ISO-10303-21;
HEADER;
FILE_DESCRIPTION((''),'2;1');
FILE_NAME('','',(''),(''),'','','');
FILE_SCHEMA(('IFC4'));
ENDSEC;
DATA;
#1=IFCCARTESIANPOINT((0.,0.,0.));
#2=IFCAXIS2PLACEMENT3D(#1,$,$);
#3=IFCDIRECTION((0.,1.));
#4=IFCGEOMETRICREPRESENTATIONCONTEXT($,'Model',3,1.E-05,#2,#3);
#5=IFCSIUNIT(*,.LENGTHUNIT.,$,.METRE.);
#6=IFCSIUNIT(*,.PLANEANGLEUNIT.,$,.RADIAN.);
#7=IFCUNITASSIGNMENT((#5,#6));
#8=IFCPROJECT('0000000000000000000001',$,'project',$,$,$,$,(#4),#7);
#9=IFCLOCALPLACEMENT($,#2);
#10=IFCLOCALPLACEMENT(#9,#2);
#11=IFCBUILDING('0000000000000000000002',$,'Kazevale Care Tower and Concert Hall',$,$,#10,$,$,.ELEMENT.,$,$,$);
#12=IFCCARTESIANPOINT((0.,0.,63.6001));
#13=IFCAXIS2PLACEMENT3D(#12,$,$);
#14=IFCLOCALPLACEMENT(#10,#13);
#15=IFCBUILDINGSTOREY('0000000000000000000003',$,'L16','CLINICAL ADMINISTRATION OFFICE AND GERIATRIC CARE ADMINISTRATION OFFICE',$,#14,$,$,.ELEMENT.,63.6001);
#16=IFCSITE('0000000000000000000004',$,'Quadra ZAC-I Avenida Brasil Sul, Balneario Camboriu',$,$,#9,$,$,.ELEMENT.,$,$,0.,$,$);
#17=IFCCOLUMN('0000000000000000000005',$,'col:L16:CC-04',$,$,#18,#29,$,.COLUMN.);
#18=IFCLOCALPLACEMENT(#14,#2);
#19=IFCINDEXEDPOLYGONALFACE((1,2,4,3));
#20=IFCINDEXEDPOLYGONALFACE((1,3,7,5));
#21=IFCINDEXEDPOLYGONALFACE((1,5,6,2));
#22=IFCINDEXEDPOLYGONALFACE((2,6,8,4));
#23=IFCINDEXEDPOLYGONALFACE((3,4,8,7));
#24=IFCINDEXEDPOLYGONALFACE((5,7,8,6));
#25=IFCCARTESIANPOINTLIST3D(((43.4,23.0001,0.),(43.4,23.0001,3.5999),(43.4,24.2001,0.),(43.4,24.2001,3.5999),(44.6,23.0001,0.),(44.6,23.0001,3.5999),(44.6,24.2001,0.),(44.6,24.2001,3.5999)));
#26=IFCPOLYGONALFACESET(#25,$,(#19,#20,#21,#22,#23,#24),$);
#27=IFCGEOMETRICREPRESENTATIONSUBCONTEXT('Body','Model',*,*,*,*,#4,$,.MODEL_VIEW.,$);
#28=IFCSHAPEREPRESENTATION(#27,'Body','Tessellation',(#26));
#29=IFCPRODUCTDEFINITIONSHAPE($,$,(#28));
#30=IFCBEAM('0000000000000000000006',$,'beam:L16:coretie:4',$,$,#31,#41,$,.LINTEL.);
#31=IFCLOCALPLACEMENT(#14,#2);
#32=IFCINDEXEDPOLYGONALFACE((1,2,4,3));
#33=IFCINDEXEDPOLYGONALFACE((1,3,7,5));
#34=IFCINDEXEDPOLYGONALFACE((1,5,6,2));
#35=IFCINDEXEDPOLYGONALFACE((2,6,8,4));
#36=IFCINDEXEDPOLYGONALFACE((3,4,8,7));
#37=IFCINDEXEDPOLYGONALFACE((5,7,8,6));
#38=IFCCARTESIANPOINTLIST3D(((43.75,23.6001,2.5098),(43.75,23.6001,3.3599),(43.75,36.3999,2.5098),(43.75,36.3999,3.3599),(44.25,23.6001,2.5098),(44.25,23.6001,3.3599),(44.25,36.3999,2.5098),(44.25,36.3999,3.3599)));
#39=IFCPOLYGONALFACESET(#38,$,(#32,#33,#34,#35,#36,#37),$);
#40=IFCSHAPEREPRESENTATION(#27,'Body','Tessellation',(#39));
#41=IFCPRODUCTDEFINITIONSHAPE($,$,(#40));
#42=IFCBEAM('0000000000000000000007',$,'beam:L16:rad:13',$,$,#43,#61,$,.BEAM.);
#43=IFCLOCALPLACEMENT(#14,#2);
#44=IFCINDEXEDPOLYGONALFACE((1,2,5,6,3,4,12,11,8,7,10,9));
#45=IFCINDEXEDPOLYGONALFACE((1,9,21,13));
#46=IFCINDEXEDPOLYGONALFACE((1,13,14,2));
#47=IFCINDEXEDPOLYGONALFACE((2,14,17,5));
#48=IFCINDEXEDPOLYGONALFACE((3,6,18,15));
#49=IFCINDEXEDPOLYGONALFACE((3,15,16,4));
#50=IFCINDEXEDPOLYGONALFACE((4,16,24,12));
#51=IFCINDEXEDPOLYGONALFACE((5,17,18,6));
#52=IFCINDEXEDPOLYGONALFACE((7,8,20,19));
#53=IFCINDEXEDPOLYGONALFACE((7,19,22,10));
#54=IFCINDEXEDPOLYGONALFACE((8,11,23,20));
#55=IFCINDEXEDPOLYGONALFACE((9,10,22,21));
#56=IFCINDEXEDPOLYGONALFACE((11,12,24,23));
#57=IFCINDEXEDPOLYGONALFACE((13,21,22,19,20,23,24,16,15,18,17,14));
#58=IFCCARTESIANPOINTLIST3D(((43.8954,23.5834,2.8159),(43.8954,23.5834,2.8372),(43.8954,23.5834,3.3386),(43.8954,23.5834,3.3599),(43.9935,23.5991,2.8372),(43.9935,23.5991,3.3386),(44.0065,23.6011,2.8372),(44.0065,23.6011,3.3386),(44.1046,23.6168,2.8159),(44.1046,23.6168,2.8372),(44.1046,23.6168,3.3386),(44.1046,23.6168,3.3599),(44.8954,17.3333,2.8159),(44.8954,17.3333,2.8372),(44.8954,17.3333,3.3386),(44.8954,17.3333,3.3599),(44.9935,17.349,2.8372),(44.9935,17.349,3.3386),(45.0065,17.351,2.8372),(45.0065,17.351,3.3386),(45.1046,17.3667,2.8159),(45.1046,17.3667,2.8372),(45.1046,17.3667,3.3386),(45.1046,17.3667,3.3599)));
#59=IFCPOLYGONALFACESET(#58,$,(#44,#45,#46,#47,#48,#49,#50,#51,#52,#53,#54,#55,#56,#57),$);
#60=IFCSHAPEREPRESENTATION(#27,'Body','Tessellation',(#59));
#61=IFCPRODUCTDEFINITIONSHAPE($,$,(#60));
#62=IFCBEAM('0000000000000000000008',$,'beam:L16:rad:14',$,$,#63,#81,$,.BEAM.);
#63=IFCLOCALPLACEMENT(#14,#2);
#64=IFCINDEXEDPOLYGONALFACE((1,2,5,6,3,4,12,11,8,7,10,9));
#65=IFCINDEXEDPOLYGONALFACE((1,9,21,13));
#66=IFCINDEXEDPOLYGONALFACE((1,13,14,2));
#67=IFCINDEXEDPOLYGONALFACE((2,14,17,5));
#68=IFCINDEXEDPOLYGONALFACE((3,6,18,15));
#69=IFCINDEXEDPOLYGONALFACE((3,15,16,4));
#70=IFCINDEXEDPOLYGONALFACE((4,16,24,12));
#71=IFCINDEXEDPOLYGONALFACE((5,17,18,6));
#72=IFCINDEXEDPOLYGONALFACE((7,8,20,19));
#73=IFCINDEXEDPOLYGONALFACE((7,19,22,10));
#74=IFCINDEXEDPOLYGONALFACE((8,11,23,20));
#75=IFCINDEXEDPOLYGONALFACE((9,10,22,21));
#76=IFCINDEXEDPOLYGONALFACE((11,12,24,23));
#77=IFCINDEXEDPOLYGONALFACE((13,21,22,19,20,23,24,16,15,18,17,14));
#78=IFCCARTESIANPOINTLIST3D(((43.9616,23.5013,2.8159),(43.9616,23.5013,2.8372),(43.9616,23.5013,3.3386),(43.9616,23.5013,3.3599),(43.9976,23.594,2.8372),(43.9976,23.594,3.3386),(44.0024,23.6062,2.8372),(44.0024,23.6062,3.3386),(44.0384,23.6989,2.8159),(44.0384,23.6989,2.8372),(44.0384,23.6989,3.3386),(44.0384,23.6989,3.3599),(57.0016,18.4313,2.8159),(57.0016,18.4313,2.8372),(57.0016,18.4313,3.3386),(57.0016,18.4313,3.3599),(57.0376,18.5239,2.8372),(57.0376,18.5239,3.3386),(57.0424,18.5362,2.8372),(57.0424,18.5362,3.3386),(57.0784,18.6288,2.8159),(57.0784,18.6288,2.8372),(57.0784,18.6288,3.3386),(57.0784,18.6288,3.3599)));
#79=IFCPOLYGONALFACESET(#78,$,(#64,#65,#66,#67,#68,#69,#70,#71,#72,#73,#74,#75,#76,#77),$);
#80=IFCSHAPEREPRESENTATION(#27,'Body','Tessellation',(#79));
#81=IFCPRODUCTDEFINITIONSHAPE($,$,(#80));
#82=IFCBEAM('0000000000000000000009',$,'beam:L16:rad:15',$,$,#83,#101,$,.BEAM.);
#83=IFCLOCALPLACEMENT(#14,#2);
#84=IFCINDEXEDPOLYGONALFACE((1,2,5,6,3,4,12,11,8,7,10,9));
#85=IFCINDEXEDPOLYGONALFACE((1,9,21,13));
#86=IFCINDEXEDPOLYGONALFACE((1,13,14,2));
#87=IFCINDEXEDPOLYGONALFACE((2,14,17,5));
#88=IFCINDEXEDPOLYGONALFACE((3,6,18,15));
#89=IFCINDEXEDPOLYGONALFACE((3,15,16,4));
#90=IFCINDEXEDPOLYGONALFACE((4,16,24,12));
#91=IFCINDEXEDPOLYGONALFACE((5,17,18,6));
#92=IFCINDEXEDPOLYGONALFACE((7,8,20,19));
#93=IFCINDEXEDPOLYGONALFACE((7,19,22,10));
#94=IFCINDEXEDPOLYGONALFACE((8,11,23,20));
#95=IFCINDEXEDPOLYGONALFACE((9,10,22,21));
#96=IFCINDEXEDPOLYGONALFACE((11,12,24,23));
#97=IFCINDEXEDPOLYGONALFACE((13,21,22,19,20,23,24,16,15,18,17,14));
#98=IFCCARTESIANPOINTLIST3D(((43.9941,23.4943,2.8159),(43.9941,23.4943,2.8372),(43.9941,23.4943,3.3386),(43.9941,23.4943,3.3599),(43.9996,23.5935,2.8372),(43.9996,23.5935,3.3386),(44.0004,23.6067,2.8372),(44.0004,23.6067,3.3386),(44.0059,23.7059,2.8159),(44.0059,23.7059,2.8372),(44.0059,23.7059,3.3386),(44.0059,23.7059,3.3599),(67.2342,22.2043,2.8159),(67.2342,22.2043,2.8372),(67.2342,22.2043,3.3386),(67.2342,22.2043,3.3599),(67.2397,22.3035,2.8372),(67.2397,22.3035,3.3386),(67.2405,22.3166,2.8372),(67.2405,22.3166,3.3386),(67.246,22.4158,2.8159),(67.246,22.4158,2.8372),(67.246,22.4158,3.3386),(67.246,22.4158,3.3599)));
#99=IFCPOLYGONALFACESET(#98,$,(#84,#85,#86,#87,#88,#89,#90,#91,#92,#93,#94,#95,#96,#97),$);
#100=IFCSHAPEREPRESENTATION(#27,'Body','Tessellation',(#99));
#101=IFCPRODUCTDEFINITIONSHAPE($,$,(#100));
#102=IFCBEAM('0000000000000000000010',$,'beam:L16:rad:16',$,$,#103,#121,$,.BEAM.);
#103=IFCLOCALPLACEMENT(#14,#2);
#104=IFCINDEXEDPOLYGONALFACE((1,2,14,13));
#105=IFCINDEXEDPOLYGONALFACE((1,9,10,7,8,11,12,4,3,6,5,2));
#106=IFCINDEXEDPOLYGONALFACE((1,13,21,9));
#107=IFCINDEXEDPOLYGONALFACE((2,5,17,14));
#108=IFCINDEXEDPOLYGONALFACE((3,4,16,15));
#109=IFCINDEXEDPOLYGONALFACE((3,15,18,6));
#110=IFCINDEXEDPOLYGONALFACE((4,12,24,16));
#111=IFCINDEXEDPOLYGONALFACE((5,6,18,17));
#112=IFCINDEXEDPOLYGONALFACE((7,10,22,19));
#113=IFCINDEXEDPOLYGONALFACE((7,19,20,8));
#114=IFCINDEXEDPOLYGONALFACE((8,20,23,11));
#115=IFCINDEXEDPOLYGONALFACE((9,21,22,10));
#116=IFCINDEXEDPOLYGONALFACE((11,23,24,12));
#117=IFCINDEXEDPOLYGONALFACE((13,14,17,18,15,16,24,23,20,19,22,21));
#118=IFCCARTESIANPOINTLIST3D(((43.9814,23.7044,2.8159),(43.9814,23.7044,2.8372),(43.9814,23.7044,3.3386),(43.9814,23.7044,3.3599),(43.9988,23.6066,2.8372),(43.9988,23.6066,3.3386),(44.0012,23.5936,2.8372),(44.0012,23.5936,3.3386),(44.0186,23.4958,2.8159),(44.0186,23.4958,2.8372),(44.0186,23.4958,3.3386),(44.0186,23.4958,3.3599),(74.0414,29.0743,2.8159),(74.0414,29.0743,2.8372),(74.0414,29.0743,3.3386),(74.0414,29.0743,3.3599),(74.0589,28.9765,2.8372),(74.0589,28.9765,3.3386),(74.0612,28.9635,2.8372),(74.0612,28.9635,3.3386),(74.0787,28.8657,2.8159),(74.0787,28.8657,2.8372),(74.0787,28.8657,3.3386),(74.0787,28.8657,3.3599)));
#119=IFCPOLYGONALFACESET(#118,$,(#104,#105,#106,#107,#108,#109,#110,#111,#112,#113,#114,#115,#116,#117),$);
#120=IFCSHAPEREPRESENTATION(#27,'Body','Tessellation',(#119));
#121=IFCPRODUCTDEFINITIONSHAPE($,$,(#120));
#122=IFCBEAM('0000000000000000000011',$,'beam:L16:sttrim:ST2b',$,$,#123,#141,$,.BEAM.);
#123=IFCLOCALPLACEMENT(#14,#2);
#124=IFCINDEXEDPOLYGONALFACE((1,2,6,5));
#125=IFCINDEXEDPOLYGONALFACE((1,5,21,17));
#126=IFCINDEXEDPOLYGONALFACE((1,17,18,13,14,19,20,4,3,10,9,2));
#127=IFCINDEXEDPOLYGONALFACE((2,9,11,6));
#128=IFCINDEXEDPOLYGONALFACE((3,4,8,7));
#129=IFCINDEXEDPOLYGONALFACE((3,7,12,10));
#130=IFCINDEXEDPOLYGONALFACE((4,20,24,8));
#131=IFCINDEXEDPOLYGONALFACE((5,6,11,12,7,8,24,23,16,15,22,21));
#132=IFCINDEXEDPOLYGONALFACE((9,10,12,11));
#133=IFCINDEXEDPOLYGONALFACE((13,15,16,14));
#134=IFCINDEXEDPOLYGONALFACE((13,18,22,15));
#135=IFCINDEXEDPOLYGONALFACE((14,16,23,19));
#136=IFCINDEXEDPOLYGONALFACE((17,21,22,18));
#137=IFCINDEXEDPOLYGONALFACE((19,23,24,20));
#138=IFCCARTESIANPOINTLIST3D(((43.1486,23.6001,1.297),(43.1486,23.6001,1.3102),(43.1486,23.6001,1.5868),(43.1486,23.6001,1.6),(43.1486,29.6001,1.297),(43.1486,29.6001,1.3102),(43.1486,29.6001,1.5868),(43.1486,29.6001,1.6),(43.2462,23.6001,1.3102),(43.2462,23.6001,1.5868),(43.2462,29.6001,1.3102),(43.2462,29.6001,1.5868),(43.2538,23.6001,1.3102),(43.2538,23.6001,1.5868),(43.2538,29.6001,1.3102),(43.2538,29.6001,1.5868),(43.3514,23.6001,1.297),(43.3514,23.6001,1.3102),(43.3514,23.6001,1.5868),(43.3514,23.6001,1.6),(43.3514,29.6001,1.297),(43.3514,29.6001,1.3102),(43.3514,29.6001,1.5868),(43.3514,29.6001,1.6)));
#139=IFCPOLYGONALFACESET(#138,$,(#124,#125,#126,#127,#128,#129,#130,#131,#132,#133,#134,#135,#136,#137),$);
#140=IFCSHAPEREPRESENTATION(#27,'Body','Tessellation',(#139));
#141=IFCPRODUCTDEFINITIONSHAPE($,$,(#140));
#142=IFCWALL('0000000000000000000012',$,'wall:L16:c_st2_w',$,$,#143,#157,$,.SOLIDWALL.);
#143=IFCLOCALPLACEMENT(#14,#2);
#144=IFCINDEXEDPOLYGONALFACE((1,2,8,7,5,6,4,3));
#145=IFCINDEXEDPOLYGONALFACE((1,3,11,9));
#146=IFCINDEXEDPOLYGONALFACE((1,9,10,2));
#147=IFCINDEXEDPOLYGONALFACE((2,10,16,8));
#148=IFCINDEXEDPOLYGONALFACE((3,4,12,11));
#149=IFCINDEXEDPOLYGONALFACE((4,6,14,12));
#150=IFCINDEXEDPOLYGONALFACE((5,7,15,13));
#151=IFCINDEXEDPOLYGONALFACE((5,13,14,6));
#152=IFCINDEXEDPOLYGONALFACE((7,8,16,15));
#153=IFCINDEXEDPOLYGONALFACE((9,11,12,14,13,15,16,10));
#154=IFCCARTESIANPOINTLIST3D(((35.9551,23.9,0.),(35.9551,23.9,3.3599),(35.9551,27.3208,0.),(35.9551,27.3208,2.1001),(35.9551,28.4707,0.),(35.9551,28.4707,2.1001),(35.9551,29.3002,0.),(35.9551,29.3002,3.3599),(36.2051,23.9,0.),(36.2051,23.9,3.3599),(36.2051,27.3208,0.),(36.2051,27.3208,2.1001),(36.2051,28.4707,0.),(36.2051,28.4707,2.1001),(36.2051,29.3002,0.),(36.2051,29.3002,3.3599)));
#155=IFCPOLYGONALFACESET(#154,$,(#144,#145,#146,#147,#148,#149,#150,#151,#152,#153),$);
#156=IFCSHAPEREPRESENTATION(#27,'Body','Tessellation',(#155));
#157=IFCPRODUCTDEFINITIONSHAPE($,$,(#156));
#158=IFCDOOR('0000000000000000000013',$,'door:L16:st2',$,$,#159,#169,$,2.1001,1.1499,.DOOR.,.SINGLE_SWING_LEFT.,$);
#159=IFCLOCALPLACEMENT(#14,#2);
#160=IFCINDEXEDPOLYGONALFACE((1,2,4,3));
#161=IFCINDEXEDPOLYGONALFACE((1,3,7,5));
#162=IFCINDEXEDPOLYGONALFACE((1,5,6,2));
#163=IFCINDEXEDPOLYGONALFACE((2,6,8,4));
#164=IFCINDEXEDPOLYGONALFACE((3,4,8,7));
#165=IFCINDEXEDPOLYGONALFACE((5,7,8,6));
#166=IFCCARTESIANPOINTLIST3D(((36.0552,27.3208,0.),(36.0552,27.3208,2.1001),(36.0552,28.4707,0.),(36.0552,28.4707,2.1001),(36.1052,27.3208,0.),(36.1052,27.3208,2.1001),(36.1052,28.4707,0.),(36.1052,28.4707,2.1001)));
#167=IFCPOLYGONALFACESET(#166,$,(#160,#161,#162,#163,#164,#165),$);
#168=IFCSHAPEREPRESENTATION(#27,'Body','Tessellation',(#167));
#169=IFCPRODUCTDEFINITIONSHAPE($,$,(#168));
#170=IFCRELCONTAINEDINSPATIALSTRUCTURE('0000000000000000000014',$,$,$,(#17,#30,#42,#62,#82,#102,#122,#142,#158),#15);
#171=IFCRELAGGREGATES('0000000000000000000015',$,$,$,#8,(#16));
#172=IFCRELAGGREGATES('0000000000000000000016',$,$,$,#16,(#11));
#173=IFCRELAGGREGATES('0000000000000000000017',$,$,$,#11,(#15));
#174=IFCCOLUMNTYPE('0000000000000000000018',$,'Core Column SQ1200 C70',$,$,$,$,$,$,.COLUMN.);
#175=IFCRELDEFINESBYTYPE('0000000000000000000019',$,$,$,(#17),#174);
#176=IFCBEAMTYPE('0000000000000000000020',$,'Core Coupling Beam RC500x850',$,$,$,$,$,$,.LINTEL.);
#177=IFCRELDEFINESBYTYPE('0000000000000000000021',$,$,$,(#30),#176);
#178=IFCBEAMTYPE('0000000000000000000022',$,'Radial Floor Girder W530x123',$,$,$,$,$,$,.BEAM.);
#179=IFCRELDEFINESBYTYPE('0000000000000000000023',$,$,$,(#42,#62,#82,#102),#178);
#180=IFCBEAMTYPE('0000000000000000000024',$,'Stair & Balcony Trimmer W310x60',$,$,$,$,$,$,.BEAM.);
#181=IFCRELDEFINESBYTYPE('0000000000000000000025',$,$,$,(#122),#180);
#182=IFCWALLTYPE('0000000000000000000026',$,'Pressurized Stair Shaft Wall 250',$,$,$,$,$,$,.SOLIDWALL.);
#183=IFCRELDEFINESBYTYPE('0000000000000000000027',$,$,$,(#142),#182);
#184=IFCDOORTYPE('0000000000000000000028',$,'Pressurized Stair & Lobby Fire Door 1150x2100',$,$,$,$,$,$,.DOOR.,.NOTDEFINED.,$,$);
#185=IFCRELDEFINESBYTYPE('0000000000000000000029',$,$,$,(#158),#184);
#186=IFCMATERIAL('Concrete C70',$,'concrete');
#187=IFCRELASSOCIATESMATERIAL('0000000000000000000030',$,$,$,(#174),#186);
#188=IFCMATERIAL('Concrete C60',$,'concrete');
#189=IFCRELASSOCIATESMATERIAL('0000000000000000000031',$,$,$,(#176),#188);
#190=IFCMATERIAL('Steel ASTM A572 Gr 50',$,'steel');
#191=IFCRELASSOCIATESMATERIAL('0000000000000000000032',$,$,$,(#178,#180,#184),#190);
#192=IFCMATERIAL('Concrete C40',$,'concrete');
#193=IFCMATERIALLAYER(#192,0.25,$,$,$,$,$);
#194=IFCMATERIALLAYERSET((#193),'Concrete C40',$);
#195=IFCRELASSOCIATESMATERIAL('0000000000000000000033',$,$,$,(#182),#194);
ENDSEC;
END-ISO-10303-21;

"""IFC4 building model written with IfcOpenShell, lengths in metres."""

from ifc_helpers import new_model, si_unit, direction, frame, frame_2d, origin, origin_2d, place, context, subcontext, project, spatial, rectangle, i_section, extrude, material, layer, layer_set, material_profile, profile_set, type_object, element, fill, save


model = new_model("IFC4")

# Units and contexts
model_context = context("Model", 3, precision=1e-05, world=origin(), true_north=direction((0.0, 1.0)))
body_context = subcontext(model_context, "Body", "Model", "MODEL_VIEW")
ifc_project = project(units=[si_unit("LENGTHUNIT", "METRE"), si_unit("PLANEANGLEUNIT", "RADIAN")], contexts=[model_context])

# Site, building, storey
site_placement = place(None, origin())
site = spatial("IfcSite", under=ifc_project, at=site_placement, Name="Quadra ZAC-I Avenida Brasil Sul, Balneario Camboriu", CompositionType="ELEMENT", RefElevation=0.0)
building_placement = place(site_placement, origin())
building = spatial("IfcBuilding", under=site, at=building_placement, Name="Kazevale Care Tower and Concert Hall", CompositionType="ELEMENT")
storey_placement = place(building_placement, frame((0.0, 0.0, 63.6001)))
storey = spatial("IfcBuildingStorey", under=building, at=storey_placement, Name="L16", Description="CLINICAL ADMINISTRATION OFFICE AND GERIATRIC CARE ADMINISTRATION OFFICE", CompositionType="ELEMENT", Elevation=63.6001)

# Column
ifc_material_1 = material(Name="Concrete C70", Category="concrete")
ifc_material_profile_1 = material_profile(ifc_material_1, rectangle(XDim=1.2, YDim=1.2, at=origin_2d()), Name="RC-SQ1200")
ifc_profile_set_1 = profile_set([ifc_material_profile_1], Name="Concrete C70")
column_type = type_object("IfcColumnType", Name="Core Column SQ1200 C70", PredefinedType="COLUMN", material=ifc_profile_set_1)
column_placement = place(storey_placement, frame((44.0, 23.6001, 0.0), z_axis=(0.0, 0.0, 1.0), x_axis=(1.0, 0.0, 0.0)))
element("IfcColumn", 1, at=column_placement, inside=storey, type_object=column_type, Name="col:L16:CC-04", PredefinedType="COLUMN", context=body_context, shape_type="SweptSolid", body=[
    extrude(rectangle(XDim=1.2, YDim=1.2, at=origin_2d()), origin(), (0.0, 0.0, 1.0), 3.5999),
])

# Beams
ifc_material_2 = material(Name="Concrete C60", Category="concrete")
ifc_material_profile_2 = material_profile(ifc_material_2, rectangle(XDim=0.5, YDim=0.8501, at=origin_2d()), Name="RC-B500x850")
ifc_profile_set_2 = profile_set([ifc_material_profile_2], Name="Concrete C60")
beam_type_1 = type_object("IfcBeamType", Name="Core Coupling Beam RC500x850", PredefinedType="LINTEL", material=ifc_profile_set_2)
beam_1_placement = place(storey_placement, frame((44.0, 23.6001, 2.9348), z_axis=(0.0, 1.0, 0.0), x_axis=(-1.0, 0.0, 0.0)))
element("IfcBeam", 2, at=beam_1_placement, inside=storey, type_object=beam_type_1, Name="beam:L16:coretie:4", PredefinedType="LINTEL", context=body_context, shape_type="SweptSolid", body=[
    extrude(rectangle(XDim=0.5, YDim=0.8501, at=origin_2d()), origin(), (0.0, 0.0, 1.0), 12.7998),
])
ifc_material_3 = material(Name="Steel ASTM A572 Gr 50", Category="steel")
ifc_material_profile_3 = material_profile(ifc_material_3, i_section(OverallWidth=0.2119, OverallDepth=0.5439, WebThickness=0.0132, FlangeThickness=0.0212, at=origin_2d()), Name="W530x123")
ifc_profile_set_3 = profile_set([ifc_material_profile_3], Name="Steel ASTM A572 Gr 50")
beam_type_2 = type_object("IfcBeamType", Name="Radial Floor Girder W530x123", PredefinedType="BEAM", material=ifc_profile_set_3)
beam_2_placement = place(storey_placement, frame((44.0, 23.6001, 3.0879), z_axis=(0.157991, -0.987441, 0.0), x_axis=(0.987441, 0.157991, 0.0)))
element("IfcBeam", 3, at=beam_2_placement, inside=storey, type_object=beam_type_2, Name="beam:L16:rad:13", PredefinedType="BEAM", context=body_context, shape_type="SweptSolid", body=[
    extrude(i_section(OverallWidth=0.2119, OverallDepth=0.5439, WebThickness=0.0132, FlangeThickness=0.0212, at=origin_2d()), origin(), (0.0, 0.0, 1.0), 6.3296),
])
beam_3_placement = place(storey_placement, frame((44.0, 23.6001, 3.0879), z_axis=(0.93203, -0.362381, 0.0), x_axis=(0.362381, 0.93203, 0.0)))
element("IfcBeam", 4, at=beam_3_placement, inside=storey, type_object=beam_type_2, Name="beam:L16:rad:14", PredefinedType="BEAM", context=body_context, shape_type="SweptSolid", body=[
    extrude(i_section(OverallWidth=0.2119, OverallDepth=0.5439, WebThickness=0.0132, FlangeThickness=0.0212, at=origin_2d()), origin(), (0.0, 0.0, 1.0), 13.991),
])
beam_4_placement = place(storey_placement, frame((44.0, 23.6001, 3.0879), z_axis=(0.998463, -0.055424, 0.0), x_axis=(0.055424, 0.998463, 0.0)))
element("IfcBeam", 5, at=beam_4_placement, inside=storey, type_object=beam_type_2, Name="beam:L16:rad:15", PredefinedType="BEAM", context=body_context, shape_type="SweptSolid", body=[
    extrude(i_section(OverallWidth=0.2119, OverallDepth=0.5439, WebThickness=0.0132, FlangeThickness=0.0212, at=origin_2d()), origin(), (0.0, 0.0, 1.0), 23.2759),
])
beam_5_placement = place(storey_placement, frame((44.0, 23.6001, 3.0879), z_axis=(0.984416, 0.175854, 0.0), x_axis=(-0.175854, 0.984416, 0.0)))
element("IfcBeam", 6, at=beam_5_placement, inside=storey, type_object=beam_type_2, Name="beam:L16:rad:16", PredefinedType="BEAM", context=body_context, shape_type="SweptSolid", body=[
    extrude(i_section(OverallWidth=0.2119, OverallDepth=0.5439, WebThickness=0.0132, FlangeThickness=0.0212, at=origin_2d()), origin(), (0.0, 0.0, 1.0), 30.5359),
])
ifc_material_profile_4 = material_profile(ifc_material_3, i_section(OverallWidth=0.2029, OverallDepth=0.303, WebThickness=0.0076, FlangeThickness=0.0132, at=origin_2d()), Name="W310x60")
ifc_profile_set_4 = profile_set([ifc_material_profile_4], Name="Steel ASTM A572 Gr 50")
beam_type_3 = type_object("IfcBeamType", Name="Stair & Balcony Trimmer W310x60", PredefinedType="BEAM", material=ifc_profile_set_4)
beam_6_placement = place(storey_placement, frame((43.25, 23.6001, 1.4485), z_axis=(0.0, 1.0, 0.0), x_axis=(-1.0, 0.0, 0.0)))
element("IfcBeam", 7, at=beam_6_placement, inside=storey, type_object=beam_type_3, Name="beam:L16:sttrim:ST2b", PredefinedType="BEAM", context=body_context, shape_type="SweptSolid", body=[
    extrude(i_section(OverallWidth=0.2029, OverallDepth=0.303, WebThickness=0.0076, FlangeThickness=0.0132, at=origin_2d()), origin(), (0.0, 0.0, 1.0), 6.0),
])

# Wall, opening, door
ifc_material_4 = material(Name="Concrete C40", Category="concrete")
ifc_layer_1 = layer(ifc_material_4, 0.25)
ifc_layer_set_1 = layer_set([ifc_layer_1], Name="Concrete C40")
wall_type_1 = type_object("IfcWallType", Name="Pressurized Stair Shaft Wall 250", PredefinedType="SOLIDWALL", material=ifc_layer_set_1)
wall_1_placement = place(storey_placement, frame((36.0801, 23.8999, 0.0), z_axis=(0.0, 0.0, 1.0), x_axis=(0.0, 1.0, 0.0)))
wall_1 = element("IfcWall", 8, at=wall_1_placement, inside=storey, type_object=wall_type_1, Name="wall:L16:c_st2_w", PredefinedType="SOLIDWALL", context=body_context, shape_type="SweptSolid", body=[
    extrude(rectangle(XDim=5.4001, YDim=0.25, at=frame_2d((2.7002, 0.0))), origin(), (0.0, 0.0, 1.0), 3.3599),
])
opening_1_placement = place(wall_1_placement, frame((3.4209, 0.0, 0.0)))
opening_1 = element("IfcOpeningElement", 9, at=opening_1_placement, cuts=wall_1, PredefinedType="OPENING", context=body_context, shape_type="SweptSolid", body=[
    extrude(rectangle(XDim=1.1499, YDim=2.1001, at=frame_2d((0.575, 1.05))), frame((0.0, 0.135, 0.0), z_axis=(0.0, -1.0, 0.0), x_axis=(1.0, 0.0, 0.0)), (0.0, 0.0, 1.0), 0.27),
])
door_type_1 = type_object("IfcDoorType", Name="Pressurized Stair & Lobby Fire Door 1150x2100", OperationType="NOTDEFINED", PredefinedType="DOOR", material=ifc_material_3)
door_1_placement = place(opening_1_placement, origin())
door_1 = element("IfcDoor", 10, at=door_1_placement, inside=storey, type_object=door_type_1, Name="door:L16:st2", OperationType="SINGLE_SWING_LEFT", OverallHeight=2.1001, OverallWidth=1.1499, PredefinedType="DOOR", context=body_context, shape_type="SweptSolid", body=[
    extrude(rectangle(XDim=1.1499, YDim=2.1001, at=frame_2d((0.575, 1.05))), frame((0.0, 0.0249, 0.0), z_axis=(0.0, -1.0, 0.0), x_axis=(1.0, 0.0, 0.0)), (0.0, 0.0, 1.0), 0.05),
])
fill(opening_1, door_1)

save(model, "model.ifc")
